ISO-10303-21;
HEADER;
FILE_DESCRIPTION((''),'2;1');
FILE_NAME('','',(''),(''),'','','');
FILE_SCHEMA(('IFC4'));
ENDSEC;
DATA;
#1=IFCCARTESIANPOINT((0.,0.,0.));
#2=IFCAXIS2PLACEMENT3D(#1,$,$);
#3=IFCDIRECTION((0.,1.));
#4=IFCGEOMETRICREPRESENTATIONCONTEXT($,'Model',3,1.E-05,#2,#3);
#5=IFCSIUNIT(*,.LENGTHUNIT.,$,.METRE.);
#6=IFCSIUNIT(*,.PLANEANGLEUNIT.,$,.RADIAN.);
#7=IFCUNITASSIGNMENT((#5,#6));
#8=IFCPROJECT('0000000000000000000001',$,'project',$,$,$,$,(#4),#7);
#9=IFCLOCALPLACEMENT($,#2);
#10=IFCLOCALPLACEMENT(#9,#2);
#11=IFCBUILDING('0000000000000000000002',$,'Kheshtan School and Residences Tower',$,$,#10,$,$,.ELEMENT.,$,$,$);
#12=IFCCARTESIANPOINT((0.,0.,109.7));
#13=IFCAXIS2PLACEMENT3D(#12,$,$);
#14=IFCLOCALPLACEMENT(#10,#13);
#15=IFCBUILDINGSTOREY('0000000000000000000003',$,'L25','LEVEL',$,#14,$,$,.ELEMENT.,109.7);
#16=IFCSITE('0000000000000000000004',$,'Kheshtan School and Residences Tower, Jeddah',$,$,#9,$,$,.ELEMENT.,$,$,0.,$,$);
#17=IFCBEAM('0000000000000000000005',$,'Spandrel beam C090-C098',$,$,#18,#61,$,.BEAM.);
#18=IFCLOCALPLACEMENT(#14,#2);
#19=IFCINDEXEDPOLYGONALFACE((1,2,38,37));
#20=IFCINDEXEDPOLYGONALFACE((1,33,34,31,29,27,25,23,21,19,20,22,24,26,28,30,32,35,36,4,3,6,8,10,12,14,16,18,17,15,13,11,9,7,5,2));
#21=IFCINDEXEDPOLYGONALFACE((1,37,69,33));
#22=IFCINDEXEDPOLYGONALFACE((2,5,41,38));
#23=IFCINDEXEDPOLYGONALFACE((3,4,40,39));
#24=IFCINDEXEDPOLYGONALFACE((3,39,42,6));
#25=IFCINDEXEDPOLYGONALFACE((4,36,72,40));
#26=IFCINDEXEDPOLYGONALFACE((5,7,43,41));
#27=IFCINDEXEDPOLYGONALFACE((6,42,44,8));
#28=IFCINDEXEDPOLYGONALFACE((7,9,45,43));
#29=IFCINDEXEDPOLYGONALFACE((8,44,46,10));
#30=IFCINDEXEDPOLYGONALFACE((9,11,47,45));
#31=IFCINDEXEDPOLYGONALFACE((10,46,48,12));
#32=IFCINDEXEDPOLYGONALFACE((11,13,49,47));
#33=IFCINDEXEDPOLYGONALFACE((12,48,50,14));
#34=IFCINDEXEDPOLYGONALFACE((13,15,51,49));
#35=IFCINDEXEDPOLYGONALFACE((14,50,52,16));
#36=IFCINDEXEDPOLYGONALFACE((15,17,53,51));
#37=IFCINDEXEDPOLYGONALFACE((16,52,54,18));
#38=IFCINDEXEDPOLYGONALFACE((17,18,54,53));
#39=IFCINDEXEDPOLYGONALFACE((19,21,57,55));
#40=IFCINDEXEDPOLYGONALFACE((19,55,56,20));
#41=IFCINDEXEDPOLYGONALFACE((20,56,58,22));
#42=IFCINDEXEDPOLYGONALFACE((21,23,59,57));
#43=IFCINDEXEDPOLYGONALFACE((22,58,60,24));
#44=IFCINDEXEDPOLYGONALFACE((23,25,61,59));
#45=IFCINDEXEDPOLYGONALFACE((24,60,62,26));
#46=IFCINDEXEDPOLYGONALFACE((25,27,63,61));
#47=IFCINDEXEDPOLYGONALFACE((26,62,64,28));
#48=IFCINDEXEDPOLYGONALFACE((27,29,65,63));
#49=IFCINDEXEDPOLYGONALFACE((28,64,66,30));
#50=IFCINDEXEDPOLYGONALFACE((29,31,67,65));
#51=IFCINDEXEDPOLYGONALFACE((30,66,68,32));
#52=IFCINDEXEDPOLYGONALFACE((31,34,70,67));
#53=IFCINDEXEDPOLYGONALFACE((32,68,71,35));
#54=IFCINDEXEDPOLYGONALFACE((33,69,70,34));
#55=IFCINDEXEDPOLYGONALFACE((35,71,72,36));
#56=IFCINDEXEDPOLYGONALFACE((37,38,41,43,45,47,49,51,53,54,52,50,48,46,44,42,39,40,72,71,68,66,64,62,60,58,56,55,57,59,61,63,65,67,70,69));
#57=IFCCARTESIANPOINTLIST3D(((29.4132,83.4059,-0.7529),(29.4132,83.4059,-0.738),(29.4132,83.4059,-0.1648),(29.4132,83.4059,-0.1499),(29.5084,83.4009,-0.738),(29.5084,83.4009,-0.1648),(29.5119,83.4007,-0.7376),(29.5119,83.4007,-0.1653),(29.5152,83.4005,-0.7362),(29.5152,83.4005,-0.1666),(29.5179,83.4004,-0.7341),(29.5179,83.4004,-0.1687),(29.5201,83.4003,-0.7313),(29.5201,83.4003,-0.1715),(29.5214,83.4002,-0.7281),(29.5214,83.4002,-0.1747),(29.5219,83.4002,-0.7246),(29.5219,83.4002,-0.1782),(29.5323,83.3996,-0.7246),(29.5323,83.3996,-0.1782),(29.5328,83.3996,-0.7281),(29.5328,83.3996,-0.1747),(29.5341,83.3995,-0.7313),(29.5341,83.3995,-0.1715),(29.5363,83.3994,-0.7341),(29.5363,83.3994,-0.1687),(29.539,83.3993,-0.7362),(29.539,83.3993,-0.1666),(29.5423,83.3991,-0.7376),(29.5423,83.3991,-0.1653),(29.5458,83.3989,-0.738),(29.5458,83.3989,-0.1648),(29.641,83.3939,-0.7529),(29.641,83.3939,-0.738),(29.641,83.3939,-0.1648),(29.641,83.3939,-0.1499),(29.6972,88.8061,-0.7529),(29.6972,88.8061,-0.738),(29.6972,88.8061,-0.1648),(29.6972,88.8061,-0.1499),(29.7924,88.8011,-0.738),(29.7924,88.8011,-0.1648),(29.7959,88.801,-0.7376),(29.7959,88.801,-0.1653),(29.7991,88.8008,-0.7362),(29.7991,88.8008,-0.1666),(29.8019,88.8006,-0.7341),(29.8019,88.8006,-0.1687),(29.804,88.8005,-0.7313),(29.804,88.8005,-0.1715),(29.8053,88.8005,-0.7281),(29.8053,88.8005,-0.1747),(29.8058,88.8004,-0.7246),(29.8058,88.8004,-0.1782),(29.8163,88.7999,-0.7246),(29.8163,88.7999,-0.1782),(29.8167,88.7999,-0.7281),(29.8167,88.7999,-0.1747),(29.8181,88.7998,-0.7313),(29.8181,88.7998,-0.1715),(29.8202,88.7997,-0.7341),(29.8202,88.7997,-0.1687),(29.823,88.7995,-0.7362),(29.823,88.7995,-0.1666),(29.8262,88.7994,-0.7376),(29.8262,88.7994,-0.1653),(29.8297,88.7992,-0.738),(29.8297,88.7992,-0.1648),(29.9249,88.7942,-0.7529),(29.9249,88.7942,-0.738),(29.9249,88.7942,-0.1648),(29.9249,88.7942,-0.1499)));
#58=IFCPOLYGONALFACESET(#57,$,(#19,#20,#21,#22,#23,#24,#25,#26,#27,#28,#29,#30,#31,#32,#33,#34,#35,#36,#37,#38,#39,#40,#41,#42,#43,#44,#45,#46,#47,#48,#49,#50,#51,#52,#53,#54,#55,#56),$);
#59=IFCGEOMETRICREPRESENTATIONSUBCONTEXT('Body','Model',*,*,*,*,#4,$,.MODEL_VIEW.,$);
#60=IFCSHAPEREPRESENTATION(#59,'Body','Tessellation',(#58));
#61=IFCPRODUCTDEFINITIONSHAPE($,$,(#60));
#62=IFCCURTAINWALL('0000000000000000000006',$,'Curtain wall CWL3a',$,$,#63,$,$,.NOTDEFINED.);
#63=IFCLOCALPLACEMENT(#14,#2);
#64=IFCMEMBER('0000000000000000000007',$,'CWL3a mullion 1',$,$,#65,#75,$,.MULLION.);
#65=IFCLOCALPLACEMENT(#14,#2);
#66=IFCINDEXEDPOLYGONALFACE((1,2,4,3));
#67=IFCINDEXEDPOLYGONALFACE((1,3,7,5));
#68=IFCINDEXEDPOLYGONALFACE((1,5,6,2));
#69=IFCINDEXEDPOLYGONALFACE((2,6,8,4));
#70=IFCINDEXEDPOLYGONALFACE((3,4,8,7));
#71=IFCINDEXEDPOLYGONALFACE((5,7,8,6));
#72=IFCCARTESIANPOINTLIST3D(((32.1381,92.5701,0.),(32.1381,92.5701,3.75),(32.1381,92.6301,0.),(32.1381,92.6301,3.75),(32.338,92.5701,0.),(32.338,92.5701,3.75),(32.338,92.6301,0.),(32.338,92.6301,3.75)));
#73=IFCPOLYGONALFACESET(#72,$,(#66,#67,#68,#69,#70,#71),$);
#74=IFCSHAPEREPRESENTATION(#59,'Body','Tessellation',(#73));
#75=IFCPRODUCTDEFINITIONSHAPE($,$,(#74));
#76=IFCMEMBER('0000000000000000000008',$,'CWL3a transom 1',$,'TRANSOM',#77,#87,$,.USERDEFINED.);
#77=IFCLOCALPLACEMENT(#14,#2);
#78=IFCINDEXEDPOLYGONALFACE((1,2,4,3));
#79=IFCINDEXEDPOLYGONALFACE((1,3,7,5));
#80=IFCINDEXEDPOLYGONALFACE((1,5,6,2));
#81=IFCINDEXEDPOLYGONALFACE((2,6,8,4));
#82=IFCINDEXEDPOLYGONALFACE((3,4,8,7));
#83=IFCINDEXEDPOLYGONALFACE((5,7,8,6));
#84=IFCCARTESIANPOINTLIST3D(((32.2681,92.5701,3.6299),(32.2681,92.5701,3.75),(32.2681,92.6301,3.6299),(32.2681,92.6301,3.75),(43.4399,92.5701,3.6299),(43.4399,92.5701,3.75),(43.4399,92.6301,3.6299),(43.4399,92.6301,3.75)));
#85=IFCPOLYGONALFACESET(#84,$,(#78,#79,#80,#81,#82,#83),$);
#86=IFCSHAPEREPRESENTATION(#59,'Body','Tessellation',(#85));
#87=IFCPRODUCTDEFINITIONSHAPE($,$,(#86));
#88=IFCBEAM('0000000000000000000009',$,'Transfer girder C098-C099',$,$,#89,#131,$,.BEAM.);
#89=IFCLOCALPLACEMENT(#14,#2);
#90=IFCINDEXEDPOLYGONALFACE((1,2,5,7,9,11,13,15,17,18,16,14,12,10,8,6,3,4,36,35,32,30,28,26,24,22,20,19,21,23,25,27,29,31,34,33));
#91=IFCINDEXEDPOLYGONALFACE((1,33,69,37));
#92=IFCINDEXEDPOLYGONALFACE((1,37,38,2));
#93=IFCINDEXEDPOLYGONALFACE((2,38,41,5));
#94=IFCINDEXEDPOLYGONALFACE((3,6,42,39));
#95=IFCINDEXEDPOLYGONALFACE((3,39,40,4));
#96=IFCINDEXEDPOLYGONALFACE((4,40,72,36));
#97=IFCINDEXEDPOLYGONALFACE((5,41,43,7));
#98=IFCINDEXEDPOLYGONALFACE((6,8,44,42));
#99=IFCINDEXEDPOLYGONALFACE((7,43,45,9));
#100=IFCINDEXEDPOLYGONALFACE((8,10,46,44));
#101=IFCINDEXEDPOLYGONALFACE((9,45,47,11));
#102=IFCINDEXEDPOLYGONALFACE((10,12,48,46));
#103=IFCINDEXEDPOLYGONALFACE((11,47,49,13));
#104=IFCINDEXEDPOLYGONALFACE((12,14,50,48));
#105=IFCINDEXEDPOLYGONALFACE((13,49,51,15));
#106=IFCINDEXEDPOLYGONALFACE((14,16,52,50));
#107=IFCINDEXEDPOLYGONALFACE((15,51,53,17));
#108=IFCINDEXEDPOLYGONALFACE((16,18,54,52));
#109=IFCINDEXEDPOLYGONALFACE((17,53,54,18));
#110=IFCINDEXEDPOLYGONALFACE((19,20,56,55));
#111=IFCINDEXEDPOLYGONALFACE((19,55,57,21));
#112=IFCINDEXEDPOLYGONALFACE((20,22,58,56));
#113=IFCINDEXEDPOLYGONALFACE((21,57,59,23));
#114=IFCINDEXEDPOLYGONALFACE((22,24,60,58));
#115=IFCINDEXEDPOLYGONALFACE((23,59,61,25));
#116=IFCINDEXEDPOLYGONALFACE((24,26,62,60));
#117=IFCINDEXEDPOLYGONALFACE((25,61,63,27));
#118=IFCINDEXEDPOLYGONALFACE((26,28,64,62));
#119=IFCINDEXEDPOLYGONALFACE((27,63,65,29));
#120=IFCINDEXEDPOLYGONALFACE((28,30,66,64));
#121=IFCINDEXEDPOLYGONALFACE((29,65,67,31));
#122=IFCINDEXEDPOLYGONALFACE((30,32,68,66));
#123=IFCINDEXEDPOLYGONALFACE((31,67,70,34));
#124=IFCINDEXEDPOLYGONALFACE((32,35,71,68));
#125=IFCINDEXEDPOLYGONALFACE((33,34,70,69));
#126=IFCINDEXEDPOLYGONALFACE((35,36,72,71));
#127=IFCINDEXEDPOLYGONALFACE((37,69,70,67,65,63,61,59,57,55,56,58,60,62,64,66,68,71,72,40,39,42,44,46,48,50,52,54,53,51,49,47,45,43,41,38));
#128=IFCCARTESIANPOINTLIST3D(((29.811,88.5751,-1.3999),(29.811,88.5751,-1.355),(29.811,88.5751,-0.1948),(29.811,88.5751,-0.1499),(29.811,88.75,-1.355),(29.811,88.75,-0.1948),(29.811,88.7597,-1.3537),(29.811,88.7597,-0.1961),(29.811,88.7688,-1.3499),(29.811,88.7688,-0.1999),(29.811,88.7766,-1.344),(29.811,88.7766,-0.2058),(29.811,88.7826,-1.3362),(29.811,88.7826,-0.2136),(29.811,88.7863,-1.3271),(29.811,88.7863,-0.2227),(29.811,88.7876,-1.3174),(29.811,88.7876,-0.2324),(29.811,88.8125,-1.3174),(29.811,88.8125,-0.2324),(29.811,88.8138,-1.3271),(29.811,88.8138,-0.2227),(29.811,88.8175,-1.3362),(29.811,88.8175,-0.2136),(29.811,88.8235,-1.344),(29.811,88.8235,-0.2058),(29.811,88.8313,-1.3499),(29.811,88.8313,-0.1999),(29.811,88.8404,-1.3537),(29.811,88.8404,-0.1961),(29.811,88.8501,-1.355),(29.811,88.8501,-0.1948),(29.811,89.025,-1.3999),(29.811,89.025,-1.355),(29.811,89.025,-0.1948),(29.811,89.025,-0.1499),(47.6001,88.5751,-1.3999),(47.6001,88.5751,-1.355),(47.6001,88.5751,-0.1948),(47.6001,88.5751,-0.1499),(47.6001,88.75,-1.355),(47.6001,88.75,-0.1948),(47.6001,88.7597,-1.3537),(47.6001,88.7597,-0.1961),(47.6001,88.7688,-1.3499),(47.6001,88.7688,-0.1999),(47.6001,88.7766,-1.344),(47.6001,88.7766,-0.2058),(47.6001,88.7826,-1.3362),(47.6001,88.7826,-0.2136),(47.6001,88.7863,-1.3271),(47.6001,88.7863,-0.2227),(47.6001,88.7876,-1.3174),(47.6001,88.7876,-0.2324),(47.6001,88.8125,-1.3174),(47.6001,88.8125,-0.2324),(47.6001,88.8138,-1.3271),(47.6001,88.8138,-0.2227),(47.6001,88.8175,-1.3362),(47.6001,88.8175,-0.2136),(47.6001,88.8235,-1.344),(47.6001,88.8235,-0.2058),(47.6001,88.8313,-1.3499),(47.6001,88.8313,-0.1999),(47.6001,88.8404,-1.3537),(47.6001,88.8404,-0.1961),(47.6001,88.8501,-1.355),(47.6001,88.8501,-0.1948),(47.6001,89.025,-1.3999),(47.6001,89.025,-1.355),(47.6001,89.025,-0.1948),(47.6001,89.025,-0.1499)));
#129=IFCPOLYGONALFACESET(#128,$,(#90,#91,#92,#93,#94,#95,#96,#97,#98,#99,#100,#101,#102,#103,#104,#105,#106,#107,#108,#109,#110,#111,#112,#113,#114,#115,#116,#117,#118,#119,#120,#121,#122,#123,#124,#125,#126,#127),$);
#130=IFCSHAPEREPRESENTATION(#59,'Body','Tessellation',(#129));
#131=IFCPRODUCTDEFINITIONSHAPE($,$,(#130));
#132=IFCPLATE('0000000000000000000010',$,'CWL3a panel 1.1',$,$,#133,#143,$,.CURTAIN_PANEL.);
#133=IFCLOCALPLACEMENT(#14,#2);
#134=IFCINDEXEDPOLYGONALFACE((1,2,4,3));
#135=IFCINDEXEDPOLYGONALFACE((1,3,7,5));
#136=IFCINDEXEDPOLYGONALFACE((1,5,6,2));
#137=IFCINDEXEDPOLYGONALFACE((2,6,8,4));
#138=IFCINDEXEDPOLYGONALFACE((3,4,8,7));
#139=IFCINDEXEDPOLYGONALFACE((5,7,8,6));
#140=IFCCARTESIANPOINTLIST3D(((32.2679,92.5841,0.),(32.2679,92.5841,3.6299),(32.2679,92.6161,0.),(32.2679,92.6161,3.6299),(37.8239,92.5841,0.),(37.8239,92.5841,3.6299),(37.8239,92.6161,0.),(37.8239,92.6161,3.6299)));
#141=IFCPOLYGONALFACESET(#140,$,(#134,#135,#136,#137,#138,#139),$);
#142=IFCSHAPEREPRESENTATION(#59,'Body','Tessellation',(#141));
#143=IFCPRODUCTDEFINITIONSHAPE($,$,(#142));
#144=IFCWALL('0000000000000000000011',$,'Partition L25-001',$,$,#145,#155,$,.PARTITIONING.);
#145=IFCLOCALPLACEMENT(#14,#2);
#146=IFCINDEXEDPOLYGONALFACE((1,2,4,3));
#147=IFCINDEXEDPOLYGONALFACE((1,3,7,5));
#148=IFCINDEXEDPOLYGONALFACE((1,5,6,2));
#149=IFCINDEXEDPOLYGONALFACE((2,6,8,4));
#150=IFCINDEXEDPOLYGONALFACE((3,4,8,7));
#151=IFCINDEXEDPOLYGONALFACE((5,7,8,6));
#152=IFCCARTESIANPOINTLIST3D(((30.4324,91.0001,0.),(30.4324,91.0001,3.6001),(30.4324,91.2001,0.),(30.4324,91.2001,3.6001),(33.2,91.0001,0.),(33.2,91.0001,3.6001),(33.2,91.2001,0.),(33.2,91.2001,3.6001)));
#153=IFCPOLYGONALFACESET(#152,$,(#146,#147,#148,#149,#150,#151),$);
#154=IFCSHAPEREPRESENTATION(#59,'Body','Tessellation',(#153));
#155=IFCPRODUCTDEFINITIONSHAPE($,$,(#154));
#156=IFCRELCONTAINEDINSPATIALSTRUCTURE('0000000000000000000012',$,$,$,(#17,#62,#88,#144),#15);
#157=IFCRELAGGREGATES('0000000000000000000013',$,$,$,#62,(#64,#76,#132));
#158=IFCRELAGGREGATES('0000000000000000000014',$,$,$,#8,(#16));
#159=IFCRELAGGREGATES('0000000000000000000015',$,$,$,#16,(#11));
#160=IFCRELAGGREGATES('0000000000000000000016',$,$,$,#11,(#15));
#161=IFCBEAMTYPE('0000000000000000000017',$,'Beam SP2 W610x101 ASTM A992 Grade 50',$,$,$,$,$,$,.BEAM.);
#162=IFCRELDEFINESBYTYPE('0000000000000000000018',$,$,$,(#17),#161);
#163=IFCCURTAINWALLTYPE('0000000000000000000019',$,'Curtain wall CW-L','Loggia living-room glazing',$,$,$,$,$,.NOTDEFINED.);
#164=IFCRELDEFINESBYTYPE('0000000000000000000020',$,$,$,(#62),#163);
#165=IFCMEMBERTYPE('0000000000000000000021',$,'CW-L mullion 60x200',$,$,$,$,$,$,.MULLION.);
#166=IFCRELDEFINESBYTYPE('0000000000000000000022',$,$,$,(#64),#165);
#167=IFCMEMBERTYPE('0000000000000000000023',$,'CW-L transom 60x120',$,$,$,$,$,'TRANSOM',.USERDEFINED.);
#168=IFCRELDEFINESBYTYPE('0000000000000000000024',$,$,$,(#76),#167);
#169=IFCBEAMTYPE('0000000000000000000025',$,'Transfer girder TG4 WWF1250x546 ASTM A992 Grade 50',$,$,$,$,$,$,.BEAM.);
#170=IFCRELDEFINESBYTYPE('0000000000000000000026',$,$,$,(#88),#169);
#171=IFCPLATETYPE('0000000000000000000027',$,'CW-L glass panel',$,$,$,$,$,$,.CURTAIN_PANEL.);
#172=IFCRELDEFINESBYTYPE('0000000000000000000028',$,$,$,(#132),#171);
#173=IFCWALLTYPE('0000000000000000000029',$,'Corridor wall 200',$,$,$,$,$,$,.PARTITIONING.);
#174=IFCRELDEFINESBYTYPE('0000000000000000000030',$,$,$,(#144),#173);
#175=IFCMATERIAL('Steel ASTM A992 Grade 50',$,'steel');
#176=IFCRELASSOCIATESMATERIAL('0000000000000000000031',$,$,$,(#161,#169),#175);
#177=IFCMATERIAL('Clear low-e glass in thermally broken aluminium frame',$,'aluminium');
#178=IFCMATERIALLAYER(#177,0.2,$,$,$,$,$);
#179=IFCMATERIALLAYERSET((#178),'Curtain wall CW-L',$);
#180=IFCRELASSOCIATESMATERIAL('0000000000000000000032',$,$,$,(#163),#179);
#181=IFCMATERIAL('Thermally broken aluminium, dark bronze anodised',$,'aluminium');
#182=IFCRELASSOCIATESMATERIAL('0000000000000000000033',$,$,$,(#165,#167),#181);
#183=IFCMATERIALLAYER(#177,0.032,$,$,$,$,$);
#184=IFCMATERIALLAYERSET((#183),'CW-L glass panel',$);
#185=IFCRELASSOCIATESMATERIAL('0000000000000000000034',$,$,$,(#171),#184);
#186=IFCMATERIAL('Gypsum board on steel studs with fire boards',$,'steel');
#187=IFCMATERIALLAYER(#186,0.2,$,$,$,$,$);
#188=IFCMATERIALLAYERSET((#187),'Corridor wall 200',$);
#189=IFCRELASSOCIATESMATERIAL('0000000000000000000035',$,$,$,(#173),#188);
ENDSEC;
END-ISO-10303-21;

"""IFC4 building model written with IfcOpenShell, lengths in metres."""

from ifc_helpers import new_model, si_unit, direction, frame, frame_2d, origin, origin_2d, place, context, subcontext, project, spatial, rectangle, i_section, extrude, material, layer, layer_set, material_profile, profile_set, type_object, element, aggregate, save


model = new_model("IFC4")

# Units and contexts
model_context = context("Model", 3, precision=1e-05, world=origin(), true_north=direction((0.0, 1.0)))
body_context = subcontext(model_context, "Body", "Model", "MODEL_VIEW")
ifc_project = project(units=[si_unit("LENGTHUNIT", "METRE"), si_unit("PLANEANGLEUNIT", "RADIAN")], contexts=[model_context])

# Site, building, storey
site_placement = place(None, origin())
site = spatial("IfcSite", under=ifc_project, at=site_placement, Name="Kheshtan School and Residences Tower, Jeddah", CompositionType="ELEMENT", RefElevation=0.0)
building_placement = place(site_placement, origin())
building = spatial("IfcBuilding", under=site, at=building_placement, Name="Kheshtan School and Residences Tower", CompositionType="ELEMENT")
storey_placement = place(building_placement, frame((0.0, 0.0, 109.7)))
storey = spatial("IfcBuildingStorey", under=building, at=storey_placement, Name="L25", Description="LEVEL", CompositionType="ELEMENT", Elevation=109.7)

# Shared definitions
ifc_material_1 = material(Name="Steel ASTM A992 Grade 50", Category="steel")

# Beam
ifc_material_profile_1 = material_profile(ifc_material_1, i_section(OverallWidth=0.228, OverallDepth=0.603, WebThickness=0.0105, FlangeThickness=0.0149, FilletRadius=0.0134, at=origin_2d()), Name="W610x101")
ifc_profile_set_1 = profile_set([ifc_material_profile_1], Name="Steel ASTM A992 Grade 50")
beam_type_1 = type_object("IfcBeamType", Name="Beam SP2 W610x101 ASTM A992 Grade 50", PredefinedType="BEAM", material=ifc_profile_set_1)
beam_1_placement = place(storey_placement, frame((29.5271, 83.3999, -0.4514), z_axis=(0.052507, 0.998621, 0.0), x_axis=(-0.998621, 0.052507, 0.0)))
element("IfcBeam", 1, at=beam_1_placement, inside=storey, type_object=beam_type_1, Name="Spandrel beam C090-C098", PredefinedType="BEAM", context=body_context, shape_type="SweptSolid", body=[
    extrude(i_section(OverallWidth=0.228, OverallDepth=0.603, WebThickness=0.0105, FlangeThickness=0.0149, FilletRadius=0.0134, at=origin_2d()), origin(), (0.0, 0.0, 1.0), 5.4077),
])

# Curtain wall, members
ifc_material_2 = material(Name="Clear low-e glass in thermally broken aluminium frame", Category="aluminium")
ifc_layer_1 = layer(ifc_material_2, 0.2)
ifc_layer_set_1 = layer_set([ifc_layer_1], Name="Curtain wall CW-L")
curtain_wall_type = type_object("IfcCurtainWallType", Name="Curtain wall CW-L", Description="Loggia living-room glazing", PredefinedType="NOTDEFINED", material=ifc_layer_set_1)
curtain_wall_placement = place(storey_placement, origin())
curtain_wall = element("IfcCurtainWall", 2, at=curtain_wall_placement, inside=storey, type_object=curtain_wall_type, Name="Curtain wall CWL3a", PredefinedType="NOTDEFINED")
ifc_material_3 = material(Name="Thermally broken aluminium, dark bronze anodised", Category="aluminium")
ifc_material_profile_2 = material_profile(ifc_material_3, rectangle(XDim=0.0601, YDim=0.2, at=origin_2d()), Name="CW-L mullion 60x200")
ifc_profile_set_2 = profile_set([ifc_material_profile_2], Name="Thermally broken aluminium, dark bronze anodised")
member_type_1 = type_object("IfcMemberType", Name="CW-L mullion 60x200", PredefinedType="MULLION", material=ifc_profile_set_2)
member_1_placement = place(storey_placement, frame((32.238, 92.6001, 0.0), z_axis=(0.0, 0.0, 1.0), x_axis=(0.0, 1.0, 0.0)))
member_1 = element("IfcMember", 3, at=member_1_placement, type_object=member_type_1, Name="CWL3a mullion 1", PredefinedType="MULLION", context=body_context, shape_type="SweptSolid", body=[
    extrude(rectangle(XDim=0.0601, YDim=0.2, at=origin_2d()), origin(), (0.0, 0.0, 1.0), 3.75),
])
ifc_material_profile_3 = material_profile(ifc_material_3, rectangle(XDim=0.0601, YDim=0.1201, at=origin_2d()), Name="CW-L transom 60x120")
ifc_profile_set_3 = profile_set([ifc_material_profile_3], Name="Thermally broken aluminium, dark bronze anodised")
member_type_2 = type_object("IfcMemberType", Name="CW-L transom 60x120", ElementType="TRANSOM", PredefinedType="USERDEFINED", material=ifc_profile_set_3)
member_2_placement = place(storey_placement, frame((32.2681, 92.6001, 3.6899), z_axis=(1.0, 0.0, 0.0), x_axis=(0.0, 1.0, 0.0)))
member_2 = element("IfcMember", 4, at=member_2_placement, type_object=member_type_2, Name="CWL3a transom 1", ObjectType="TRANSOM", PredefinedType="USERDEFINED", context=body_context, shape_type="SweptSolid", body=[
    extrude(rectangle(XDim=0.0601, YDim=0.1201, at=origin_2d()), origin(), (0.0, 0.0, 1.0), 11.1719),
])

# Beam
ifc_material_profile_4 = material_profile(ifc_material_1, i_section(OverallWidth=0.45, OverallDepth=1.25, WebThickness=0.0249, FlangeThickness=0.0449, FilletRadius=0.0376, at=origin_2d()), Name="WWF1250x546")
ifc_profile_set_4 = profile_set([ifc_material_profile_4], Name="Steel ASTM A992 Grade 50")
beam_type_2 = type_object("IfcBeamType", Name="Transfer girder TG4 WWF1250x546 ASTM A992 Grade 50", PredefinedType="BEAM", material=ifc_profile_set_4)
beam_2_placement = place(storey_placement, frame((29.811, 88.8, -0.7749), z_axis=(1.0, 0.0, 0.0), x_axis=(0.0, 1.0, 0.0)))
element("IfcBeam", 5, at=beam_2_placement, inside=storey, type_object=beam_type_2, Name="Transfer girder C098-C099", PredefinedType="BEAM", context=body_context, shape_type="SweptSolid", body=[
    extrude(i_section(OverallWidth=0.45, OverallDepth=1.25, WebThickness=0.0249, FlangeThickness=0.0449, FilletRadius=0.0376, at=origin_2d()), origin(), (0.0, 0.0, 1.0), 17.7891),
])

# Plate
ifc_layer_2 = layer(ifc_material_2, 0.032)
ifc_layer_set_2 = layer_set([ifc_layer_2], Name="CW-L glass panel")
plate_type = type_object("IfcPlateType", Name="CW-L glass panel", PredefinedType="CURTAIN_PANEL", material=ifc_layer_set_2)
plate_placement = place(storey_placement, frame((35.0459, 92.6001, 0.0), z_axis=(0.0, 0.0, 1.0), x_axis=(1.0, 0.0, 0.0)))
plate = element("IfcPlate", 6, at=plate_placement, type_object=plate_type, Name="CWL3a panel 1.1", PredefinedType="CURTAIN_PANEL", context=body_context, shape_type="SweptSolid", body=[
    extrude(rectangle(XDim=5.5559, YDim=0.032, at=origin_2d()), origin(), (0.0, 0.0, 1.0), 3.6299),
])
aggregate(curtain_wall, [member_1, member_2, plate])

# Wall
ifc_material_4 = material(Name="Gypsum board on steel studs with fire boards", Category="steel")
ifc_layer_3 = layer(ifc_material_4, 0.2)
ifc_layer_set_3 = layer_set([ifc_layer_3], Name="Corridor wall 200")
wall_type_1 = type_object("IfcWallType", Name="Corridor wall 200", PredefinedType="PARTITIONING", material=ifc_layer_set_3)
wall_1_placement = place(storey_placement, frame((30.4324, 91.1001, 0.0), z_axis=(0.0, 0.0, 1.0), x_axis=(1.0, 0.0, 0.0)))
element("IfcWall", 7, at=wall_1_placement, inside=storey, type_object=wall_type_1, Name="Partition L25-001", PredefinedType="PARTITIONING", context=body_context, shape_type="SweptSolid", body=[
    extrude(rectangle(XDim=2.7676, YDim=0.2, at=frame_2d((1.3838, 0.0))), origin(), (0.0, 0.0, 1.0), 3.6001),
])

save(model, "model.ifc")
